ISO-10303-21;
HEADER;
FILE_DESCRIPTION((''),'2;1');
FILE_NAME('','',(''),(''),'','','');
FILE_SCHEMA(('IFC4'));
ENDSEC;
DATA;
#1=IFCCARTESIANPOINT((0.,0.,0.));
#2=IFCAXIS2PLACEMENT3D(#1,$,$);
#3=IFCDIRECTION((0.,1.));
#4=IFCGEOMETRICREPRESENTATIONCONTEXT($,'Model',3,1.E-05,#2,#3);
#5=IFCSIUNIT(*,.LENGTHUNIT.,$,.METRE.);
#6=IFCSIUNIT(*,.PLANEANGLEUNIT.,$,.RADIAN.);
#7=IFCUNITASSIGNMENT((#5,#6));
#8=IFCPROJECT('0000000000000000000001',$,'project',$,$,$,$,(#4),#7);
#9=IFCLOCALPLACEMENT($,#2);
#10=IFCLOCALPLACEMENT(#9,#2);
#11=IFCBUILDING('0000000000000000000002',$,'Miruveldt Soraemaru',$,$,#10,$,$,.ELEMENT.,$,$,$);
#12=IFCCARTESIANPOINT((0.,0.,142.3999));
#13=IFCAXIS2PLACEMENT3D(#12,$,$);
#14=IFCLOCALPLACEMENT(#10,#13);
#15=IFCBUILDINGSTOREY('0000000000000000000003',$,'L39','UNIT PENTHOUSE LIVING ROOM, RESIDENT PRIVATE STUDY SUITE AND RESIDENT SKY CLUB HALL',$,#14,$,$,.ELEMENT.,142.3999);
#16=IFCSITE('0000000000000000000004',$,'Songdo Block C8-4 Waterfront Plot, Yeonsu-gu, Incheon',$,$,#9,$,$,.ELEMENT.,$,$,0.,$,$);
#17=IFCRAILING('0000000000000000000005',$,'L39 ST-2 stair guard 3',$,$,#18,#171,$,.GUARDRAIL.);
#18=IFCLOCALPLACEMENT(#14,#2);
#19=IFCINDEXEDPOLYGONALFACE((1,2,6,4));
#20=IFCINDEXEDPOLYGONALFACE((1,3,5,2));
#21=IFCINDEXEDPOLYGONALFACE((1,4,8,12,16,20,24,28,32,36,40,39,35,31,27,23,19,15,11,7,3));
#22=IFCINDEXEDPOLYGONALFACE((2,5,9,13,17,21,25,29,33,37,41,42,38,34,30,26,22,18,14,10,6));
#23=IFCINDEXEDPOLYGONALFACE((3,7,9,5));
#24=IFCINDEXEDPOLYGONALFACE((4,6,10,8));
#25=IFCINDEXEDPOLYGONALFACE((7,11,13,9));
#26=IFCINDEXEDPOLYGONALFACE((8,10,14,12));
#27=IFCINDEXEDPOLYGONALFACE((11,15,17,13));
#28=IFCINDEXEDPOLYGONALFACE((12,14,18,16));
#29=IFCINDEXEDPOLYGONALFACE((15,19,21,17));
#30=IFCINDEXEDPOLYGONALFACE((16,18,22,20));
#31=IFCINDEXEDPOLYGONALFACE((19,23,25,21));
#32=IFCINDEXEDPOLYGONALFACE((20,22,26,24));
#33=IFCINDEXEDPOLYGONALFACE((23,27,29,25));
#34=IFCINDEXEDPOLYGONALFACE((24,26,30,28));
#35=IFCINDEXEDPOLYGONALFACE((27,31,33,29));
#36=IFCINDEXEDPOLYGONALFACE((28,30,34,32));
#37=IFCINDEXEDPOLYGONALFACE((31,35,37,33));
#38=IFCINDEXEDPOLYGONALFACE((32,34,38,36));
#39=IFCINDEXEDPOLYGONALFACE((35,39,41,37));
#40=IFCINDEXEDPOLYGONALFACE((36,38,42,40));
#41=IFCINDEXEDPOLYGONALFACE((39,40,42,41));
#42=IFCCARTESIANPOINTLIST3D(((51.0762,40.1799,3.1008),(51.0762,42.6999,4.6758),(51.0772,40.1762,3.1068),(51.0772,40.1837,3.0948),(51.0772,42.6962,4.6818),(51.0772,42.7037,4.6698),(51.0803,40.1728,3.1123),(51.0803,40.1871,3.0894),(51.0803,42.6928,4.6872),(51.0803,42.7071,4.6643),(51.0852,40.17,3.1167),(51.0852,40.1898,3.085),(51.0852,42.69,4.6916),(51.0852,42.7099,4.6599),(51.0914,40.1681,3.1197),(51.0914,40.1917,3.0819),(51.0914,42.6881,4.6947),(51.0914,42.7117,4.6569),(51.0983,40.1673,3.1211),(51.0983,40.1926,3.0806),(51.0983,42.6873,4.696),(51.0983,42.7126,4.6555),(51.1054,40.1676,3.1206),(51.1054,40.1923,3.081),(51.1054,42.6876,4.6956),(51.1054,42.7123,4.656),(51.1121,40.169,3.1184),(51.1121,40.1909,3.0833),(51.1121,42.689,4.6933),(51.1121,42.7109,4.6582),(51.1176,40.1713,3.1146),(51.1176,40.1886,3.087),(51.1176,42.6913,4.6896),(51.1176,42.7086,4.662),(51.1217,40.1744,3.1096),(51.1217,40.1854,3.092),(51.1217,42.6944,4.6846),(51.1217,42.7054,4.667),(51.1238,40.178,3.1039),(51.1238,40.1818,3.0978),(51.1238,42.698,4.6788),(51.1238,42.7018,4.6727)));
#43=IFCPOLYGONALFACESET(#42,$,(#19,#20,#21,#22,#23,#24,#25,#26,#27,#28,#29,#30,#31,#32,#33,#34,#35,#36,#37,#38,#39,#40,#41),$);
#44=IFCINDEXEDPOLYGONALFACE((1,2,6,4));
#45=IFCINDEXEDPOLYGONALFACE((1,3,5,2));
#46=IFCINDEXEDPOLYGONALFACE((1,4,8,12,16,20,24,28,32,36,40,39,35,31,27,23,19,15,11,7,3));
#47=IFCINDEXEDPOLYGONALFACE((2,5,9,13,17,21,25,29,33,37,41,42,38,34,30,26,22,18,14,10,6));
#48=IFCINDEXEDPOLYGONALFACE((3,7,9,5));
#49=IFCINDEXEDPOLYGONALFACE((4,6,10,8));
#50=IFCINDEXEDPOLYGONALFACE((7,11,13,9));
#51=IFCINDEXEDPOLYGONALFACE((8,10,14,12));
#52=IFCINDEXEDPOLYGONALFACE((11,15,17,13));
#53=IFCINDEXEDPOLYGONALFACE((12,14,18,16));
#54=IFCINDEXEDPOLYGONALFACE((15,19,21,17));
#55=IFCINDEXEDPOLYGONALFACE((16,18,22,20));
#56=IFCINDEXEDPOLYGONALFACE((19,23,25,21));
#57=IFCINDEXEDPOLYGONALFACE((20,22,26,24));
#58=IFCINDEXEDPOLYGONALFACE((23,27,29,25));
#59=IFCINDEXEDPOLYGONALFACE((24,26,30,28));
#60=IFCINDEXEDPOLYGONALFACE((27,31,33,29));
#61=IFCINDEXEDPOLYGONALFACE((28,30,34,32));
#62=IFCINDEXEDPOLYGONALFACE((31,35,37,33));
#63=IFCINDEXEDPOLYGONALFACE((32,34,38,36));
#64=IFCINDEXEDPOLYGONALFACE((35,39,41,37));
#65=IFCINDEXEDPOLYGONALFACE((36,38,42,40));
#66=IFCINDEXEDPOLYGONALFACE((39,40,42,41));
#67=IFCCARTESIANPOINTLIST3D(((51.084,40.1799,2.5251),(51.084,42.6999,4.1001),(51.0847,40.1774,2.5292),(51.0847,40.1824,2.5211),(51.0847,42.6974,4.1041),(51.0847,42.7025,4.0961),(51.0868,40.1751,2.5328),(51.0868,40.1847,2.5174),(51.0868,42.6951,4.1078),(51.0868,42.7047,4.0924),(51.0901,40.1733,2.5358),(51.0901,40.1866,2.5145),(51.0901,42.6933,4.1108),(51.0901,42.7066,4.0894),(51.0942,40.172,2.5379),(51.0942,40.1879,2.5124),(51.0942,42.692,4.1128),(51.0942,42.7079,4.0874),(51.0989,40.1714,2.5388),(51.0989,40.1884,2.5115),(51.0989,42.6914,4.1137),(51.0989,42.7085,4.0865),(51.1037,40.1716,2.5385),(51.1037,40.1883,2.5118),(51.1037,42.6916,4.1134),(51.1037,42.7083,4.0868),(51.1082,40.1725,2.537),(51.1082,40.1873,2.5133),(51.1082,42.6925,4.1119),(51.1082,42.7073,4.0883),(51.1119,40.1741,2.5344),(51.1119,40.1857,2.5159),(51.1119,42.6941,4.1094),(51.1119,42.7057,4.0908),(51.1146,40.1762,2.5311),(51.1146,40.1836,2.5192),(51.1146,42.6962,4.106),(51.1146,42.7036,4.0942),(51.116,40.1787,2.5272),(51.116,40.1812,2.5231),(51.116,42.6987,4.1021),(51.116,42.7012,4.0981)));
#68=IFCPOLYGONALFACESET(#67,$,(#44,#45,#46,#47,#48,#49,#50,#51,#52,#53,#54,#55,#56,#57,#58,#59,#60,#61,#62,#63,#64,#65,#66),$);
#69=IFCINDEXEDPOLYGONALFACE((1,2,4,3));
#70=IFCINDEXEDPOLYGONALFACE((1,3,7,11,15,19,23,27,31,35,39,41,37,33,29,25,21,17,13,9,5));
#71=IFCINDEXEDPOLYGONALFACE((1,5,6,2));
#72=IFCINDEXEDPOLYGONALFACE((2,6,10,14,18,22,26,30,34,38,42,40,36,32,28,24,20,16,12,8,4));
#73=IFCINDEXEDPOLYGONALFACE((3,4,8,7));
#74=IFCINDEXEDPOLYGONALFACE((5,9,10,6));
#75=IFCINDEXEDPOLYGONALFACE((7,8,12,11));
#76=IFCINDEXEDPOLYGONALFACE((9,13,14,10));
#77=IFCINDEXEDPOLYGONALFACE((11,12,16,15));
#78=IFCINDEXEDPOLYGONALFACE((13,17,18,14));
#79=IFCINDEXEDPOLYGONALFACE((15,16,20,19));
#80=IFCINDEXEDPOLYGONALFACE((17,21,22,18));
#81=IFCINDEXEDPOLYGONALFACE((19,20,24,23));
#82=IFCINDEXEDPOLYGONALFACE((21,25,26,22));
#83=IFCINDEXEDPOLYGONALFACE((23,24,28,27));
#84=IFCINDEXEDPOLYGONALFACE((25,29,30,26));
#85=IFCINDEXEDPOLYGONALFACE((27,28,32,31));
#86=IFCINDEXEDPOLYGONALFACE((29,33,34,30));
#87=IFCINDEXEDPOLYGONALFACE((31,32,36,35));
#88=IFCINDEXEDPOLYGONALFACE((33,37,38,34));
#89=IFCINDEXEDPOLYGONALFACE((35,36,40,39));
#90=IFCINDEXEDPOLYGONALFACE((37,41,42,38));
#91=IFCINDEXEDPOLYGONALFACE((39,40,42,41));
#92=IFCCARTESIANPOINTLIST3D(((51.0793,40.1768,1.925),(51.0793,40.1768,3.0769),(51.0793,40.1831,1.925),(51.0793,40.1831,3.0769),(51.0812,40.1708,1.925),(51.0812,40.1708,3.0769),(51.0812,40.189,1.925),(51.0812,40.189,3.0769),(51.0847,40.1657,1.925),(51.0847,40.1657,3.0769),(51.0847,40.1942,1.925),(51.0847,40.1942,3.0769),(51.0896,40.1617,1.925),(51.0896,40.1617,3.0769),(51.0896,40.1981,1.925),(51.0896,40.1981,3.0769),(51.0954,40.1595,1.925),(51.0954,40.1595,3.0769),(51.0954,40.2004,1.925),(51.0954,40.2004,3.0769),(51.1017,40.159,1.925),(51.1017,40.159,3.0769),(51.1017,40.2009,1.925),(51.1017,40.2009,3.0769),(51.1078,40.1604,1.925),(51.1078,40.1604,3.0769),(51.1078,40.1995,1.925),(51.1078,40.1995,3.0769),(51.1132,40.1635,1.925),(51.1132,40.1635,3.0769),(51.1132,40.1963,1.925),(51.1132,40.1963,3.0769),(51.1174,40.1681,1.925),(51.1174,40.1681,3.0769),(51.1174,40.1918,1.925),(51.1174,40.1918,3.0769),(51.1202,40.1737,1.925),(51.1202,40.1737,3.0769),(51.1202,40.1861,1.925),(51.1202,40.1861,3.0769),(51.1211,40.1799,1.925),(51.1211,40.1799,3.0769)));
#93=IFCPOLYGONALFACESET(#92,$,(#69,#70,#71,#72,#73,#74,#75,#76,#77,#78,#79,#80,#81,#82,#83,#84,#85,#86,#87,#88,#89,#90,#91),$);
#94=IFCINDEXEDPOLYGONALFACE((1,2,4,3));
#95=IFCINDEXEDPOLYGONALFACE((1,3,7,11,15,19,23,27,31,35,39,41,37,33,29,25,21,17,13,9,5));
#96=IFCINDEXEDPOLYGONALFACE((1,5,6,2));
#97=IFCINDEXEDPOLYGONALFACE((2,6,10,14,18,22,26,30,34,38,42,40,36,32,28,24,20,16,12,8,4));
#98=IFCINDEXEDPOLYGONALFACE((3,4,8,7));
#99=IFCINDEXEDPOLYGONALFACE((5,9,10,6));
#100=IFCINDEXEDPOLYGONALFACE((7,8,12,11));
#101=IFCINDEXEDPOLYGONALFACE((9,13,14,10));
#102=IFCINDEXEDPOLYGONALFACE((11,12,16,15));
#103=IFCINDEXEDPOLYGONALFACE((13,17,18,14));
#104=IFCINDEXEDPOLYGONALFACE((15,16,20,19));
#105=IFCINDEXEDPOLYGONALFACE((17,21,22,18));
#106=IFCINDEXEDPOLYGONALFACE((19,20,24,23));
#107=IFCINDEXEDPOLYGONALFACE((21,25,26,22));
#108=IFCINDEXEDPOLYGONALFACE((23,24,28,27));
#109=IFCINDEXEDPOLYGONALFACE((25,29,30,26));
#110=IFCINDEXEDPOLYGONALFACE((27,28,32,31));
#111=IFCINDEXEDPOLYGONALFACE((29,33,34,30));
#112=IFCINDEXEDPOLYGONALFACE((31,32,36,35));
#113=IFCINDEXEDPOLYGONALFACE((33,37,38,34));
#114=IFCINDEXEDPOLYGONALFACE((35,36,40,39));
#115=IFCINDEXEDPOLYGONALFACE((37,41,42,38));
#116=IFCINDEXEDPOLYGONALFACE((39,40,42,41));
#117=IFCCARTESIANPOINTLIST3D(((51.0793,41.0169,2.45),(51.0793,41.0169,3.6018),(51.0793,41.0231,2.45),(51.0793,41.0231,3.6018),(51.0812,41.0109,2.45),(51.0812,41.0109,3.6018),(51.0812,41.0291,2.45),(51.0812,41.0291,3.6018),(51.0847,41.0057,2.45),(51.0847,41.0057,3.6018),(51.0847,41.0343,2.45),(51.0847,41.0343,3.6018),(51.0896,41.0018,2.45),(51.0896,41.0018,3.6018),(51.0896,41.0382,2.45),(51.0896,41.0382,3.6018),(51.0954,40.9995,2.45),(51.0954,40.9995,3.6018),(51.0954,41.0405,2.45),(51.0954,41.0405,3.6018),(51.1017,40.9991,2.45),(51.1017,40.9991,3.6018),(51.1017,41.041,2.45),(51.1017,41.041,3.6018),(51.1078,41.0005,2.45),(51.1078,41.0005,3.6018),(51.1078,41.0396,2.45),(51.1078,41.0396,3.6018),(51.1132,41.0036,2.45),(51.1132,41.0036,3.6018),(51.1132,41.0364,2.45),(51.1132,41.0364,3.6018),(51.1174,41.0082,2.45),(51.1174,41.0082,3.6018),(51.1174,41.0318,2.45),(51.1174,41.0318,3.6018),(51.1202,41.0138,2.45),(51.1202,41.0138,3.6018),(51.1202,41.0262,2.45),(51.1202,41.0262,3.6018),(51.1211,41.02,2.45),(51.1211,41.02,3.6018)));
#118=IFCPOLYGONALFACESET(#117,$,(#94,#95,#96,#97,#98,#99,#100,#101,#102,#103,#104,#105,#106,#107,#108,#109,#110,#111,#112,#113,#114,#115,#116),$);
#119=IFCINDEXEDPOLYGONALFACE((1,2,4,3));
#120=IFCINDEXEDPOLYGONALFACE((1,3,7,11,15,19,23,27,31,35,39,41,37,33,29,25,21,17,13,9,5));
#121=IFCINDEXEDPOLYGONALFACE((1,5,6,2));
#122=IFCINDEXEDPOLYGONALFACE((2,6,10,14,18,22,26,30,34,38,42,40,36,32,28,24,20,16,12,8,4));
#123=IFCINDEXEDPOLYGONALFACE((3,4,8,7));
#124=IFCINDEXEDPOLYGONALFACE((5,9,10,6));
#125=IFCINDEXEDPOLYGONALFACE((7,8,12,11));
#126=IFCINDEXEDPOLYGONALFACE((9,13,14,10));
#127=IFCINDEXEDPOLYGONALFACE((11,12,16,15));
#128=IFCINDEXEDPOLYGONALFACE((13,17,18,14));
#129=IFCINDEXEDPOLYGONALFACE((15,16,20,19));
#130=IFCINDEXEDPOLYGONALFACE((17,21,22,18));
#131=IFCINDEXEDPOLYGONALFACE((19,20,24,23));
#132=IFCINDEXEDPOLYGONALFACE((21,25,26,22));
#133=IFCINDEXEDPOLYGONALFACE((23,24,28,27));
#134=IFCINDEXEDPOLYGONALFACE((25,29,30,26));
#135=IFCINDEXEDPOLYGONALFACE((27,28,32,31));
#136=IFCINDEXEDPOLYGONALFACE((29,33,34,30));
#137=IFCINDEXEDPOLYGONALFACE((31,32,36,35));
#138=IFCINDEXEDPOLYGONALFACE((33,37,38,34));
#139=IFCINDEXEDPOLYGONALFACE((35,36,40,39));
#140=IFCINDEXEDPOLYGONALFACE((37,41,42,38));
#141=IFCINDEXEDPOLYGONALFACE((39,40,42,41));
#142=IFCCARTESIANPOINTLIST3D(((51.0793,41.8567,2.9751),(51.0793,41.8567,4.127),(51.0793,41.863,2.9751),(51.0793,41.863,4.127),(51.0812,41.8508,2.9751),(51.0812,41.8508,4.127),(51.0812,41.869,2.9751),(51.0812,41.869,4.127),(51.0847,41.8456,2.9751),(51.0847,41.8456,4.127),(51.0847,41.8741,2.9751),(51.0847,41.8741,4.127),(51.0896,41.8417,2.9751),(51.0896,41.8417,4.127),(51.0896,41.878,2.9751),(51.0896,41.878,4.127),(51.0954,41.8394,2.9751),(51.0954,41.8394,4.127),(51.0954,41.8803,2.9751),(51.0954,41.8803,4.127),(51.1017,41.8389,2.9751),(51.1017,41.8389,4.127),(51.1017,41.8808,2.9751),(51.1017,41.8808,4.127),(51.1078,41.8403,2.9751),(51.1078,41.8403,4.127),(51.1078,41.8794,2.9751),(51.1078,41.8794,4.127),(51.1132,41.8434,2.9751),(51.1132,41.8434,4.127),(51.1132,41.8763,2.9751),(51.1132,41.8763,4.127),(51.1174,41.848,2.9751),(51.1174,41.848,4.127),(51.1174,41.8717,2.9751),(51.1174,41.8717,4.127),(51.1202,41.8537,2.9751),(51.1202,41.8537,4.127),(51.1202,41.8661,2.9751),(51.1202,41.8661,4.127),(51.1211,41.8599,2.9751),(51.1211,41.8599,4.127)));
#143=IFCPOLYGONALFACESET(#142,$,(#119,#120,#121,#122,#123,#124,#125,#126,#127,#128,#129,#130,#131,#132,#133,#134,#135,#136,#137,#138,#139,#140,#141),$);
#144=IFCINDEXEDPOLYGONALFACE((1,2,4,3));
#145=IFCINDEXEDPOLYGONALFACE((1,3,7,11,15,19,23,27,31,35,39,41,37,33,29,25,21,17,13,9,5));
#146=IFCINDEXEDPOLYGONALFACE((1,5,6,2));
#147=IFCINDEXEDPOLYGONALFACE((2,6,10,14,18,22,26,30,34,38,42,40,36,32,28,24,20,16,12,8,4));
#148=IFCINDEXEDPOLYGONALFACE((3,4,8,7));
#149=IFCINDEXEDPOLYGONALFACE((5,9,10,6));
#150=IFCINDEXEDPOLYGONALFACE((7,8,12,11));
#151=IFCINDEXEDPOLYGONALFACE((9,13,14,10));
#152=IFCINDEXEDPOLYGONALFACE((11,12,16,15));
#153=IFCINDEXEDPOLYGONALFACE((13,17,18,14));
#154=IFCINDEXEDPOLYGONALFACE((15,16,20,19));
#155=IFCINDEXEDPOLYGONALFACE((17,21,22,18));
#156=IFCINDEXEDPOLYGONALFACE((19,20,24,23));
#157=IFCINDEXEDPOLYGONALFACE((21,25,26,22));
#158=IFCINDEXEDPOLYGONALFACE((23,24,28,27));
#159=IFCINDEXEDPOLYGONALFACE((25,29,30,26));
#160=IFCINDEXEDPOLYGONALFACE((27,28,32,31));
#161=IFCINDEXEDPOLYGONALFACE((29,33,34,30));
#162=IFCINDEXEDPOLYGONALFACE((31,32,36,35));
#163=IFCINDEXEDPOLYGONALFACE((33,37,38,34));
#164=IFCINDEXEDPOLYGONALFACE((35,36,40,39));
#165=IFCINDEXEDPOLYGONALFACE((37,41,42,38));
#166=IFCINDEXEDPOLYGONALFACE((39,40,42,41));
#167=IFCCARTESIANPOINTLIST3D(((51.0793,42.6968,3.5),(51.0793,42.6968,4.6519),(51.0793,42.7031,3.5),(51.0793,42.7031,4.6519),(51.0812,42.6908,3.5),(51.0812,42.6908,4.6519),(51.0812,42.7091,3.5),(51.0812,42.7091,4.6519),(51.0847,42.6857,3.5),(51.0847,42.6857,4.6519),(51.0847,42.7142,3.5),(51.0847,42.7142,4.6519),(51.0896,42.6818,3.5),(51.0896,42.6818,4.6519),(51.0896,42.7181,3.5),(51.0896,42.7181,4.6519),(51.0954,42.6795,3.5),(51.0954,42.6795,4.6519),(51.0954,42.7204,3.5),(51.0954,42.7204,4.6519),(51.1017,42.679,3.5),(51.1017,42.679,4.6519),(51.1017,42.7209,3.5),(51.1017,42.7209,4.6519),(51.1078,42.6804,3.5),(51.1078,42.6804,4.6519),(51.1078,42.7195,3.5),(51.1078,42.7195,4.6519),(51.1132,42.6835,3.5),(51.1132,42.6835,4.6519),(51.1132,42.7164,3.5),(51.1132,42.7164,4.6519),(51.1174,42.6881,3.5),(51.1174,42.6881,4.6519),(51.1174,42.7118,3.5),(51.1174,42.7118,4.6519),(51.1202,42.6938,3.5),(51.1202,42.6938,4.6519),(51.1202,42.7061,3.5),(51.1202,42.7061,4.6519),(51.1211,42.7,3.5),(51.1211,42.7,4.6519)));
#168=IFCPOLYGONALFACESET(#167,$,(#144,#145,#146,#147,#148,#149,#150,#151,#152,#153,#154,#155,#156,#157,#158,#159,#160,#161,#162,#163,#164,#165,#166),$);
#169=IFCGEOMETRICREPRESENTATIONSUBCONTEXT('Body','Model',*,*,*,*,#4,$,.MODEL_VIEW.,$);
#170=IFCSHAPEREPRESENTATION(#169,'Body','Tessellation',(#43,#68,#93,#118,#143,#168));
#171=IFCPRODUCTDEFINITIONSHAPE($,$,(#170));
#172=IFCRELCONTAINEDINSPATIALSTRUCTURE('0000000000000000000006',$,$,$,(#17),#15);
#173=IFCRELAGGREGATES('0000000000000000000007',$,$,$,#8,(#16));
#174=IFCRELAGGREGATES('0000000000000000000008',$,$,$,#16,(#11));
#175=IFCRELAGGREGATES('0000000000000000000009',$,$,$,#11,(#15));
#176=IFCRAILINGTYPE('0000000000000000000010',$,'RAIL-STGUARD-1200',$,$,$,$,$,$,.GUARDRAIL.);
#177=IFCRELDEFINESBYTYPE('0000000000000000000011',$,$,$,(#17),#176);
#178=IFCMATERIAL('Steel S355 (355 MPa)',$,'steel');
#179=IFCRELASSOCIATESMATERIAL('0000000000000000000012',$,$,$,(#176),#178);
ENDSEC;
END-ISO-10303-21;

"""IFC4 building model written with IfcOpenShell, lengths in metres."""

from ifc_helpers import new_model, si_unit, direction, frame, origin, origin_2d, place, context, subcontext, project, spatial, circle, extrude, material, type_object, element, save


model = new_model("IFC4")

# Units and contexts
model_context = context("Model", 3, precision=1e-05, world=origin(), true_north=direction((0.0, 1.0)))
body_context = subcontext(model_context, "Body", "Model", "MODEL_VIEW")
ifc_project = project(units=[si_unit("LENGTHUNIT", "METRE"), si_unit("PLANEANGLEUNIT", "RADIAN")], contexts=[model_context])

# Site, building, storey
site_placement = place(None, origin())
site = spatial("IfcSite", under=ifc_project, at=site_placement, Name="Songdo Block C8-4 Waterfront Plot, Yeonsu-gu, Incheon", CompositionType="ELEMENT", RefElevation=0.0)
building_placement = place(site_placement, origin())
building = spatial("IfcBuilding", under=site, at=building_placement, Name="Miruveldt Soraemaru", CompositionType="ELEMENT")
storey_placement = place(building_placement, frame((0.0, 0.0, 142.3999)))
storey = spatial("IfcBuildingStorey", under=building, at=storey_placement, Name="L39", Description="UNIT PENTHOUSE LIVING ROOM, RESIDENT PRIVATE STUDY SUITE AND RESIDENT SKY CLUB HALL", CompositionType="ELEMENT", Elevation=142.3999)

# Railing
ifc_material_1 = material(Name="Steel S355 (355 MPa)", Category="steel")
railing_type_1 = type_object("IfcRailingType", Name="RAIL-STGUARD-1200", PredefinedType="GUARDRAIL", material=ifc_material_1)
railing_1_placement = place(storey_placement, frame((51.1001, 40.1799, 1.925)))
element("IfcRailing", 1, at=railing_1_placement, inside=storey, type_object=railing_type_1, Name="L39 ST-2 stair guard 3", PredefinedType="GUARDRAIL", context=body_context, shape_type="SweptSolid", body=[
    extrude(circle(Radius=0.0239, at=origin_2d()), frame((0.0, 0.0, 1.1758), z_axis=(0.0, 0.848008, 0.529984), x_axis=(-1.0, 0.0, 0.0)), (0.0, 0.0, 1.0), 2.9717),
    extrude(circle(Radius=0.0161, at=origin_2d()), frame((0.0, 0.0, 0.6001), z_axis=(0.0, 0.848008, 0.529984), x_axis=(-1.0, 0.0, 0.0)), (0.0, 0.0, 1.0), 2.9717),
    extrude(circle(Radius=0.021, at=origin_2d()), origin(), (0.0, 0.0, 1.0), 1.1519),
    extrude(circle(Radius=0.021, at=origin_2d()), frame((0.0, 0.8401, 0.5249)), (0.0, 0.0, 1.0), 1.1519),
    extrude(circle(Radius=0.021, at=origin_2d()), frame((0.0, 1.6799, 1.05)), (0.0, 0.0, 1.0), 1.1519),
    extrude(circle(Radius=0.021, at=origin_2d()), frame((0.0, 2.52, 1.575)), (0.0, 0.0, 1.0), 1.1519),
])

save(model, "model.ifc")
